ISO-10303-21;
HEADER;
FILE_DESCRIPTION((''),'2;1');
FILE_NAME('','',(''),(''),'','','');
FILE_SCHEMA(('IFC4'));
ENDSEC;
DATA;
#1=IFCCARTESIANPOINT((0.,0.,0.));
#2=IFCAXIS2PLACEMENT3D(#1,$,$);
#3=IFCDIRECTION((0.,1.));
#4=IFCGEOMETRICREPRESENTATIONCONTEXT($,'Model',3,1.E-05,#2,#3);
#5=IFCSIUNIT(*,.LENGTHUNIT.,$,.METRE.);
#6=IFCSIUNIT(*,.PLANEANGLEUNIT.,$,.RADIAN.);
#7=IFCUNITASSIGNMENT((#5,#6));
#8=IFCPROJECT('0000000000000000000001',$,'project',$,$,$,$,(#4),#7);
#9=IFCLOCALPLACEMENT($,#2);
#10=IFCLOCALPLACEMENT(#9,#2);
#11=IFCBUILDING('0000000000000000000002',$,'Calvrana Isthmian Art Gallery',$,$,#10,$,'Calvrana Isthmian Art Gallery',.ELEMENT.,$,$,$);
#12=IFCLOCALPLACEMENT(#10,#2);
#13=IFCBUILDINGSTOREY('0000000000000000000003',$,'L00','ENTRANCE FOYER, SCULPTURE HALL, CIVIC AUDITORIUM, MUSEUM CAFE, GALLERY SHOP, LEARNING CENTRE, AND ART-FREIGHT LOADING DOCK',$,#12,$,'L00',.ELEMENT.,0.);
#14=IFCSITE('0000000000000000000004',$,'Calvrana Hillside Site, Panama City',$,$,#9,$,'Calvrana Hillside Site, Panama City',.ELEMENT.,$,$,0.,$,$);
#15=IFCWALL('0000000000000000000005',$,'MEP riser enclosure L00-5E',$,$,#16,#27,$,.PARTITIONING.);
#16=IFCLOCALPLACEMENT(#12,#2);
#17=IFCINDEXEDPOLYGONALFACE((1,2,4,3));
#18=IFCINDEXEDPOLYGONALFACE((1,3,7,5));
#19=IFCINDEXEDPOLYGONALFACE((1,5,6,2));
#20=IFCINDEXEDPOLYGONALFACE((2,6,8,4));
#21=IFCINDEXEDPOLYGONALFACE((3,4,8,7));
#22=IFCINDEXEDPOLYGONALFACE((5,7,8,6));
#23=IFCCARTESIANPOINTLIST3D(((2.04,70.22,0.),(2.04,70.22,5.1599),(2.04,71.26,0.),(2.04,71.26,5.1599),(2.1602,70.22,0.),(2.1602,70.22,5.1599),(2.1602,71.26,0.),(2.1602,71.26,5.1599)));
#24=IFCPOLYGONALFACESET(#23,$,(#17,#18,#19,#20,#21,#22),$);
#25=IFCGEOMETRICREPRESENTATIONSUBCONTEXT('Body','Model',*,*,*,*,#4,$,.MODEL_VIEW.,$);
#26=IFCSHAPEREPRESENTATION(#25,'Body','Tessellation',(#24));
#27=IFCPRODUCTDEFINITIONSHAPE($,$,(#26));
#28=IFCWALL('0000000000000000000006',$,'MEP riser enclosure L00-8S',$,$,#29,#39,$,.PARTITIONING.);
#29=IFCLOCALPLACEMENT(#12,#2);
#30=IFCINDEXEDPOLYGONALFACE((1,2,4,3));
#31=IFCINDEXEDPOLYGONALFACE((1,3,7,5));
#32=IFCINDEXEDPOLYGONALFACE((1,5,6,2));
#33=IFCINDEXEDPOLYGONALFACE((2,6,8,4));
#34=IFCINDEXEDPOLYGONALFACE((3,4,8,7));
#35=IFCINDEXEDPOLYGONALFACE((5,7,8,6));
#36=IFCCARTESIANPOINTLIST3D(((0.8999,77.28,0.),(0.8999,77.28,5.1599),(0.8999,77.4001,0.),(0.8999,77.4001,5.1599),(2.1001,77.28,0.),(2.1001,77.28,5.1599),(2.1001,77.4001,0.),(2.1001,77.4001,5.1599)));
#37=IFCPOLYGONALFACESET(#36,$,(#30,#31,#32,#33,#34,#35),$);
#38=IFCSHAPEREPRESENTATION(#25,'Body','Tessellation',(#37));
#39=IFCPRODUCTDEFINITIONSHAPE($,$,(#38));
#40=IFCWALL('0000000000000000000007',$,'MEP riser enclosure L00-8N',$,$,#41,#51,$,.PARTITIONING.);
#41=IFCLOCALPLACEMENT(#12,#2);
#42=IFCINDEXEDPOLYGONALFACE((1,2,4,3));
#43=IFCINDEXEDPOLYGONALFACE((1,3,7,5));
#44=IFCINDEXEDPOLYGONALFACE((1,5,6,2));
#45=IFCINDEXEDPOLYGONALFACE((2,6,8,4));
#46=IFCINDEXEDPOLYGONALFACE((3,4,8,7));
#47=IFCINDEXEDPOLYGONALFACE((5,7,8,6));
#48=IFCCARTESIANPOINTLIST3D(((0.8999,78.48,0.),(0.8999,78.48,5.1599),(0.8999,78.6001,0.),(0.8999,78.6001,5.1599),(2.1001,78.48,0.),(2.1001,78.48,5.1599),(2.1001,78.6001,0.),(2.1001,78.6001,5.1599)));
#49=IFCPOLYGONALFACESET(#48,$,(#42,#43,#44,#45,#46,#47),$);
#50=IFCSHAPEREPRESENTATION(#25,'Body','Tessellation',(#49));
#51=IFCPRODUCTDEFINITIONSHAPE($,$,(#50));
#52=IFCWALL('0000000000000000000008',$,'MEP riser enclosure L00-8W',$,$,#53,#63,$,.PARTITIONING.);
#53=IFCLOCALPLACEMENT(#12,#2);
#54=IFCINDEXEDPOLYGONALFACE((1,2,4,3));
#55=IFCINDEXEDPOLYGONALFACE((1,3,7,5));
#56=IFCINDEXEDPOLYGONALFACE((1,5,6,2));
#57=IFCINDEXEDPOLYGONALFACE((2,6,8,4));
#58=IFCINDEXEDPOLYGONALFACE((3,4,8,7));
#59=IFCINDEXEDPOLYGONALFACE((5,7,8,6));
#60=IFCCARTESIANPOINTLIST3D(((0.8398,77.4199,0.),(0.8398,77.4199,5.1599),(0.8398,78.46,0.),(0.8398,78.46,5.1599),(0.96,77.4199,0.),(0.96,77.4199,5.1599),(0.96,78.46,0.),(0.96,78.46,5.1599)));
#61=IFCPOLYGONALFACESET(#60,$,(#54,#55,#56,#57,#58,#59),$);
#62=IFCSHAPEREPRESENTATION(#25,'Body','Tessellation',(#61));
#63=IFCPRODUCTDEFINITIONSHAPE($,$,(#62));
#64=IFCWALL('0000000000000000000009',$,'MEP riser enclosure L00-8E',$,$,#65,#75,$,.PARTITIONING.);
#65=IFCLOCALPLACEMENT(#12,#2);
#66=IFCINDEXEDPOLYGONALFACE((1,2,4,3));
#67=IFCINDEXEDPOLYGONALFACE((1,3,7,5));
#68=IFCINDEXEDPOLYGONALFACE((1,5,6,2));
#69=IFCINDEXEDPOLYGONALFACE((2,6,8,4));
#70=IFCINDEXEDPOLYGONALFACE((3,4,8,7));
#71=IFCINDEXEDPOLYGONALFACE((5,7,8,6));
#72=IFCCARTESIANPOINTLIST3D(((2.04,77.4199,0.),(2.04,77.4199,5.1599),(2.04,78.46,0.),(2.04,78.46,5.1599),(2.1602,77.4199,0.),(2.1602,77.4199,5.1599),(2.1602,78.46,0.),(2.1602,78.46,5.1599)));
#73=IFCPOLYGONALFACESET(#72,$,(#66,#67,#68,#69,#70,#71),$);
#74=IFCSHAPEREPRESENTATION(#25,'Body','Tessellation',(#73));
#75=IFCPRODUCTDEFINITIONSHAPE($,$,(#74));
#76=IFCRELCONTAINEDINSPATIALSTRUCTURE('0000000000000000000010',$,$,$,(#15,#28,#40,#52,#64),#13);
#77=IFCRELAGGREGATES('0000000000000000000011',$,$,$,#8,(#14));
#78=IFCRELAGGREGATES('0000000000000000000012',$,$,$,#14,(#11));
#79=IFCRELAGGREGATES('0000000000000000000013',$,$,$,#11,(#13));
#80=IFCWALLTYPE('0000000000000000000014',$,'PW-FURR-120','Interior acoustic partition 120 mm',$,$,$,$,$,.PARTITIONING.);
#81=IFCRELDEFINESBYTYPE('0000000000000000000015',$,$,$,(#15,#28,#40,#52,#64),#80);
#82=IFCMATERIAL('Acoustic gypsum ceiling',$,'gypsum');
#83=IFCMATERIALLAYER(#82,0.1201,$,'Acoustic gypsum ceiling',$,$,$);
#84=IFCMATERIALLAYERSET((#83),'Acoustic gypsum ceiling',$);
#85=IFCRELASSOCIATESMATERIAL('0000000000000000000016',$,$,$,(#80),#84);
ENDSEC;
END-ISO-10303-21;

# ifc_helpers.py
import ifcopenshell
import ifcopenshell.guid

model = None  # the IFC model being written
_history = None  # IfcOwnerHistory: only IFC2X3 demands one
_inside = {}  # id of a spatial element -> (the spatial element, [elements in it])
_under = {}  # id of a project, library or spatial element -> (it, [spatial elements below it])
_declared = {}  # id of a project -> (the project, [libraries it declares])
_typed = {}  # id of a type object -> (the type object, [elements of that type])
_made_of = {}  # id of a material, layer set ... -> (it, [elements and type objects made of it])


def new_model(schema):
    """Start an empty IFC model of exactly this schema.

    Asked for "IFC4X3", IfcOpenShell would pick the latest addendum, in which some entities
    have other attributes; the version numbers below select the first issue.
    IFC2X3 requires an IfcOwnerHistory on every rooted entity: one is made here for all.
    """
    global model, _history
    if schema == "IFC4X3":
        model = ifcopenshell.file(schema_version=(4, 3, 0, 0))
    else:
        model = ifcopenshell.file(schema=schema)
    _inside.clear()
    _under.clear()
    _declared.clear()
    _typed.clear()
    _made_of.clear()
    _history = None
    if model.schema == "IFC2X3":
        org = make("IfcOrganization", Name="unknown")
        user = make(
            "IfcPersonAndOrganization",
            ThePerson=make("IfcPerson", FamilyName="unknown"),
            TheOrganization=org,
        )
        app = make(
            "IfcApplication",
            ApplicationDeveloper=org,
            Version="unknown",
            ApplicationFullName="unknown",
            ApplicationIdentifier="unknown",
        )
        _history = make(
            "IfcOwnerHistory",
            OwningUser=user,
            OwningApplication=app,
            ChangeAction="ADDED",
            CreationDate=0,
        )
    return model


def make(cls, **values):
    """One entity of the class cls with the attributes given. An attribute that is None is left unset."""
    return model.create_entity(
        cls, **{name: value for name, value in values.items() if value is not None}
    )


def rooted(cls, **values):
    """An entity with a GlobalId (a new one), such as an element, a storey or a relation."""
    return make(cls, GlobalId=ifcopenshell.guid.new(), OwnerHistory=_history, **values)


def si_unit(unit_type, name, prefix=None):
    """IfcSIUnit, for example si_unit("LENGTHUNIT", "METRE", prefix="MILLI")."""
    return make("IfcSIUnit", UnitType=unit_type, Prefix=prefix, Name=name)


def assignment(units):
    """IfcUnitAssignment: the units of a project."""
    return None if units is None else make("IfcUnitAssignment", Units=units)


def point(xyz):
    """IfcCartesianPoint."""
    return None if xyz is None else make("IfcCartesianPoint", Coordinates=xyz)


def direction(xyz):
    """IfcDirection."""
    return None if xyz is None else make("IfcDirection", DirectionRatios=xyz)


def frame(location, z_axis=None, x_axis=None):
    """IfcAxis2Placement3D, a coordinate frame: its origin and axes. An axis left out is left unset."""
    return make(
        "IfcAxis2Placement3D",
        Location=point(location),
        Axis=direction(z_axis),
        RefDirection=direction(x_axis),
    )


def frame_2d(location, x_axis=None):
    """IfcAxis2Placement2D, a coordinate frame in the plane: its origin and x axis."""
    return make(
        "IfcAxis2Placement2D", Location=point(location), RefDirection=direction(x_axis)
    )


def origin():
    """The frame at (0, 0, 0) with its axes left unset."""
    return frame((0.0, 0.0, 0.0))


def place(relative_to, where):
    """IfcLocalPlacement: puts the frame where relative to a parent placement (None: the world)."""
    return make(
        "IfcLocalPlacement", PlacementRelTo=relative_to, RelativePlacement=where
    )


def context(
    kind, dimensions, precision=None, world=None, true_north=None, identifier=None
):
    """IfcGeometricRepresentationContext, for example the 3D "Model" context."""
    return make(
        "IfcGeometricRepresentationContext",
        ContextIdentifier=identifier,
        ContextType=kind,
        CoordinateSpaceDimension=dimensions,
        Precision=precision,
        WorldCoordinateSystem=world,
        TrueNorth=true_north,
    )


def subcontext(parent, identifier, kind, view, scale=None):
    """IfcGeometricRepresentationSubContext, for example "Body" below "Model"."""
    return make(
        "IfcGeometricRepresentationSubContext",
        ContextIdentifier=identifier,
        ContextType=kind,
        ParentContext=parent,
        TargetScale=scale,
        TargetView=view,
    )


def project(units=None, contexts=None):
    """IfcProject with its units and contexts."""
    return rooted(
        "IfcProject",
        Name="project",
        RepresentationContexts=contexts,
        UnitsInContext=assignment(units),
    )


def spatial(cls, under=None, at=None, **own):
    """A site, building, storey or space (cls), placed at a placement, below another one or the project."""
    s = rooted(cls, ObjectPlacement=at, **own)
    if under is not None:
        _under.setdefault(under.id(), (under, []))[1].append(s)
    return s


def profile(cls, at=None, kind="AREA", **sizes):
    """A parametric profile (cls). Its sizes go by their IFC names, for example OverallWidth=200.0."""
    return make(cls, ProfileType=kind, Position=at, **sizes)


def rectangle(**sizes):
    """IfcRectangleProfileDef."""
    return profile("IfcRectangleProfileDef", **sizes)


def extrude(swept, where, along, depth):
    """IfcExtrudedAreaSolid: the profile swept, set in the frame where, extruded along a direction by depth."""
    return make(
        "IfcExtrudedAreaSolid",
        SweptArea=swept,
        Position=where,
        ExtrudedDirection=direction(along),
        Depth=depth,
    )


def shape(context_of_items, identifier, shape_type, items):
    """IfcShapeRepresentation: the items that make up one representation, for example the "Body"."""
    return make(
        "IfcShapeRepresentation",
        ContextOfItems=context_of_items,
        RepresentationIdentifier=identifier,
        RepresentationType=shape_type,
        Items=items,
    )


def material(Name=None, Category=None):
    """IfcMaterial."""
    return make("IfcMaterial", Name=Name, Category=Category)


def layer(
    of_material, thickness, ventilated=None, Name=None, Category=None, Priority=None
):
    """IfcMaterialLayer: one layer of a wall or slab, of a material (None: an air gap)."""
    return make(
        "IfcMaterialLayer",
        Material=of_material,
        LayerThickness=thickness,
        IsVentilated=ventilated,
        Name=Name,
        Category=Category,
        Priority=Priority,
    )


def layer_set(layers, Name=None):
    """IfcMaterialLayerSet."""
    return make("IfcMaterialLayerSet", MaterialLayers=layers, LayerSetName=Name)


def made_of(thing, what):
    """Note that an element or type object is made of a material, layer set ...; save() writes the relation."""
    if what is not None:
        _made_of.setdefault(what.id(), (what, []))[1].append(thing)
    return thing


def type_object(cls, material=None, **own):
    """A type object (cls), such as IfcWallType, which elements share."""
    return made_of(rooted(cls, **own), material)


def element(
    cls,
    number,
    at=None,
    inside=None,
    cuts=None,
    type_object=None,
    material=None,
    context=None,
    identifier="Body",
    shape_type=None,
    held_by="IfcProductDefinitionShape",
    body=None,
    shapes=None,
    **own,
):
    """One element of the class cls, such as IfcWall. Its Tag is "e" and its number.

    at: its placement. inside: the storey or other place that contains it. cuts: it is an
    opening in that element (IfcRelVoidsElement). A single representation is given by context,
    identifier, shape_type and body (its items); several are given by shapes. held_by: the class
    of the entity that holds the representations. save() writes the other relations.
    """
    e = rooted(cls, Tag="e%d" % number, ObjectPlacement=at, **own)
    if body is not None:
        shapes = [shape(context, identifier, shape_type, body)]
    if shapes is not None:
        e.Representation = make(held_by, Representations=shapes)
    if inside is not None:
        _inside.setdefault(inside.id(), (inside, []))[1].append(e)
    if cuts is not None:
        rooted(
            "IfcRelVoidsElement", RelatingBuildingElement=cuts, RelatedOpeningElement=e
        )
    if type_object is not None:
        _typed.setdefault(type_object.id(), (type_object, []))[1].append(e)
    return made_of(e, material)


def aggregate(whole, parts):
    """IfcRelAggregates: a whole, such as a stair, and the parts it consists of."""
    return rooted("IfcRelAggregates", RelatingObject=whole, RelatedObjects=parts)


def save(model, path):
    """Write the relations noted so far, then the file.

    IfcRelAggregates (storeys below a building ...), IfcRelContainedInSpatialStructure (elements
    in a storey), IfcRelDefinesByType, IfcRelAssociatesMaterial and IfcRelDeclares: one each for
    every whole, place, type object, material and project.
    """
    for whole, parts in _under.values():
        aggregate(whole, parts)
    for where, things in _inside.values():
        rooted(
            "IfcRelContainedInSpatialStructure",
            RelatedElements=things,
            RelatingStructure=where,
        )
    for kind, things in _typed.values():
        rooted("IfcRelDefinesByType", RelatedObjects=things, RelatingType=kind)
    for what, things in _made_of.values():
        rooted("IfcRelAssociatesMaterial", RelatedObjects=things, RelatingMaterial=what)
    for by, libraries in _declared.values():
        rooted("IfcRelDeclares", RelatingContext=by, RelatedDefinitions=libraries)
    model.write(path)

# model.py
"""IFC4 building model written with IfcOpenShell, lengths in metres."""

from ifc_helpers import new_model, si_unit, direction, frame, frame_2d, origin, place, context, subcontext, project, spatial, rectangle, extrude, material, layer, layer_set, type_object, element, save


model = new_model("IFC4")

# Units and contexts
model_context = context("Model", 3, precision=1e-05, world=origin(), true_north=direction((0.0, 1.0)))
body_context = subcontext(model_context, "Body", "Model", "MODEL_VIEW")
ifc_project = project(units=[si_unit("LENGTHUNIT", "METRE"), si_unit("PLANEANGLEUNIT", "RADIAN")], contexts=[model_context])

# Site, building, storey
site_placement = place(None, origin())
site = spatial("IfcSite", under=ifc_project, at=site_placement, Name="Calvrana Hillside Site, Panama City", LongName="Calvrana Hillside Site, Panama City", CompositionType="ELEMENT", RefElevation=0.0)
building_placement = place(site_placement, origin())
building = spatial("IfcBuilding", under=site, at=building_placement, Name="Calvrana Isthmian Art Gallery", LongName="Calvrana Isthmian Art Gallery", CompositionType="ELEMENT")
storey_placement = place(building_placement, origin())
storey = spatial("IfcBuildingStorey", under=building, at=storey_placement, Name="L00", Description="ENTRANCE FOYER, SCULPTURE HALL, CIVIC AUDITORIUM, MUSEUM CAFE, GALLERY SHOP, LEARNING CENTRE, AND ART-FREIGHT LOADING DOCK", LongName="L00", CompositionType="ELEMENT", Elevation=0.0)

# Walls
ifc_material_1 = material(Name="Acoustic gypsum ceiling", Category="gypsum")
ifc_layer_1 = layer(ifc_material_1, 0.1201, Name="Acoustic gypsum ceiling")
ifc_layer_set_1 = layer_set([ifc_layer_1], Name="Acoustic gypsum ceiling")
wall_type_1 = type_object("IfcWallType", Name="PW-FURR-120", Description="Interior acoustic partition 120 mm", PredefinedType="PARTITIONING", material=ifc_layer_set_1)
for number, where, z_axis, x_axis, name in (
    (1, (2.1001, 70.22, 0.0), (0.0, 0.0, 1.0), (0.0, 1.0, 0.0), "MEP riser enclosure L00-5E"),
):
    element("IfcWall", number, at=place(storey_placement, frame(where, z_axis=z_axis, x_axis=x_axis)), inside=storey, type_object=wall_type_1, Name=name, PredefinedType="PARTITIONING", context=body_context, shape_type="SweptSolid", body=[
        extrude(rectangle(XDim=1.04, YDim=0.1201, at=frame_2d((0.52, 0.0))), origin(), (0.0, 0.0, 1.0), 5.1599),
    ])
for number, where, z_axis, x_axis, name in (
    (2, (0.8999, 77.3401, 0.0), (0.0, 0.0, 1.0), (1.0, 0.0, 0.0), "MEP riser enclosure L00-8S"),
    (3, (0.8999, 78.54, 0.0), (0.0, 0.0, 1.0), (1.0, 0.0, 0.0), "MEP riser enclosure L00-8N"),
):
    element("IfcWall", number, at=place(storey_placement, frame(where, z_axis=z_axis, x_axis=x_axis)), inside=storey, type_object=wall_type_1, Name=name, PredefinedType="PARTITIONING", context=body_context, shape_type="SweptSolid", body=[
        extrude(rectangle(XDim=1.2002, YDim=0.1201, at=frame_2d((0.6001, 0.0))), origin(), (0.0, 0.0, 1.0), 5.1599),
    ])
for number, where, z_axis, x_axis, name in (
    (4, (0.8999, 77.4199, 0.0), (0.0, 0.0, 1.0), (0.0, 1.0, 0.0), "MEP riser enclosure L00-8W"),
    (5, (2.1001, 77.4199, 0.0), (0.0, 0.0, 1.0), (0.0, 1.0, 0.0), "MEP riser enclosure L00-8E"),
):
    element("IfcWall", number, at=place(storey_placement, frame(where, z_axis=z_axis, x_axis=x_axis)), inside=storey, type_object=wall_type_1, Name=name, PredefinedType="PARTITIONING", context=body_context, shape_type="SweptSolid", body=[
        extrude(rectangle(XDim=1.04, YDim=0.1201, at=frame_2d((0.52, 0.0))), origin(), (0.0, 0.0, 1.0), 5.1599),
    ])

save(model, "model.ifc")
